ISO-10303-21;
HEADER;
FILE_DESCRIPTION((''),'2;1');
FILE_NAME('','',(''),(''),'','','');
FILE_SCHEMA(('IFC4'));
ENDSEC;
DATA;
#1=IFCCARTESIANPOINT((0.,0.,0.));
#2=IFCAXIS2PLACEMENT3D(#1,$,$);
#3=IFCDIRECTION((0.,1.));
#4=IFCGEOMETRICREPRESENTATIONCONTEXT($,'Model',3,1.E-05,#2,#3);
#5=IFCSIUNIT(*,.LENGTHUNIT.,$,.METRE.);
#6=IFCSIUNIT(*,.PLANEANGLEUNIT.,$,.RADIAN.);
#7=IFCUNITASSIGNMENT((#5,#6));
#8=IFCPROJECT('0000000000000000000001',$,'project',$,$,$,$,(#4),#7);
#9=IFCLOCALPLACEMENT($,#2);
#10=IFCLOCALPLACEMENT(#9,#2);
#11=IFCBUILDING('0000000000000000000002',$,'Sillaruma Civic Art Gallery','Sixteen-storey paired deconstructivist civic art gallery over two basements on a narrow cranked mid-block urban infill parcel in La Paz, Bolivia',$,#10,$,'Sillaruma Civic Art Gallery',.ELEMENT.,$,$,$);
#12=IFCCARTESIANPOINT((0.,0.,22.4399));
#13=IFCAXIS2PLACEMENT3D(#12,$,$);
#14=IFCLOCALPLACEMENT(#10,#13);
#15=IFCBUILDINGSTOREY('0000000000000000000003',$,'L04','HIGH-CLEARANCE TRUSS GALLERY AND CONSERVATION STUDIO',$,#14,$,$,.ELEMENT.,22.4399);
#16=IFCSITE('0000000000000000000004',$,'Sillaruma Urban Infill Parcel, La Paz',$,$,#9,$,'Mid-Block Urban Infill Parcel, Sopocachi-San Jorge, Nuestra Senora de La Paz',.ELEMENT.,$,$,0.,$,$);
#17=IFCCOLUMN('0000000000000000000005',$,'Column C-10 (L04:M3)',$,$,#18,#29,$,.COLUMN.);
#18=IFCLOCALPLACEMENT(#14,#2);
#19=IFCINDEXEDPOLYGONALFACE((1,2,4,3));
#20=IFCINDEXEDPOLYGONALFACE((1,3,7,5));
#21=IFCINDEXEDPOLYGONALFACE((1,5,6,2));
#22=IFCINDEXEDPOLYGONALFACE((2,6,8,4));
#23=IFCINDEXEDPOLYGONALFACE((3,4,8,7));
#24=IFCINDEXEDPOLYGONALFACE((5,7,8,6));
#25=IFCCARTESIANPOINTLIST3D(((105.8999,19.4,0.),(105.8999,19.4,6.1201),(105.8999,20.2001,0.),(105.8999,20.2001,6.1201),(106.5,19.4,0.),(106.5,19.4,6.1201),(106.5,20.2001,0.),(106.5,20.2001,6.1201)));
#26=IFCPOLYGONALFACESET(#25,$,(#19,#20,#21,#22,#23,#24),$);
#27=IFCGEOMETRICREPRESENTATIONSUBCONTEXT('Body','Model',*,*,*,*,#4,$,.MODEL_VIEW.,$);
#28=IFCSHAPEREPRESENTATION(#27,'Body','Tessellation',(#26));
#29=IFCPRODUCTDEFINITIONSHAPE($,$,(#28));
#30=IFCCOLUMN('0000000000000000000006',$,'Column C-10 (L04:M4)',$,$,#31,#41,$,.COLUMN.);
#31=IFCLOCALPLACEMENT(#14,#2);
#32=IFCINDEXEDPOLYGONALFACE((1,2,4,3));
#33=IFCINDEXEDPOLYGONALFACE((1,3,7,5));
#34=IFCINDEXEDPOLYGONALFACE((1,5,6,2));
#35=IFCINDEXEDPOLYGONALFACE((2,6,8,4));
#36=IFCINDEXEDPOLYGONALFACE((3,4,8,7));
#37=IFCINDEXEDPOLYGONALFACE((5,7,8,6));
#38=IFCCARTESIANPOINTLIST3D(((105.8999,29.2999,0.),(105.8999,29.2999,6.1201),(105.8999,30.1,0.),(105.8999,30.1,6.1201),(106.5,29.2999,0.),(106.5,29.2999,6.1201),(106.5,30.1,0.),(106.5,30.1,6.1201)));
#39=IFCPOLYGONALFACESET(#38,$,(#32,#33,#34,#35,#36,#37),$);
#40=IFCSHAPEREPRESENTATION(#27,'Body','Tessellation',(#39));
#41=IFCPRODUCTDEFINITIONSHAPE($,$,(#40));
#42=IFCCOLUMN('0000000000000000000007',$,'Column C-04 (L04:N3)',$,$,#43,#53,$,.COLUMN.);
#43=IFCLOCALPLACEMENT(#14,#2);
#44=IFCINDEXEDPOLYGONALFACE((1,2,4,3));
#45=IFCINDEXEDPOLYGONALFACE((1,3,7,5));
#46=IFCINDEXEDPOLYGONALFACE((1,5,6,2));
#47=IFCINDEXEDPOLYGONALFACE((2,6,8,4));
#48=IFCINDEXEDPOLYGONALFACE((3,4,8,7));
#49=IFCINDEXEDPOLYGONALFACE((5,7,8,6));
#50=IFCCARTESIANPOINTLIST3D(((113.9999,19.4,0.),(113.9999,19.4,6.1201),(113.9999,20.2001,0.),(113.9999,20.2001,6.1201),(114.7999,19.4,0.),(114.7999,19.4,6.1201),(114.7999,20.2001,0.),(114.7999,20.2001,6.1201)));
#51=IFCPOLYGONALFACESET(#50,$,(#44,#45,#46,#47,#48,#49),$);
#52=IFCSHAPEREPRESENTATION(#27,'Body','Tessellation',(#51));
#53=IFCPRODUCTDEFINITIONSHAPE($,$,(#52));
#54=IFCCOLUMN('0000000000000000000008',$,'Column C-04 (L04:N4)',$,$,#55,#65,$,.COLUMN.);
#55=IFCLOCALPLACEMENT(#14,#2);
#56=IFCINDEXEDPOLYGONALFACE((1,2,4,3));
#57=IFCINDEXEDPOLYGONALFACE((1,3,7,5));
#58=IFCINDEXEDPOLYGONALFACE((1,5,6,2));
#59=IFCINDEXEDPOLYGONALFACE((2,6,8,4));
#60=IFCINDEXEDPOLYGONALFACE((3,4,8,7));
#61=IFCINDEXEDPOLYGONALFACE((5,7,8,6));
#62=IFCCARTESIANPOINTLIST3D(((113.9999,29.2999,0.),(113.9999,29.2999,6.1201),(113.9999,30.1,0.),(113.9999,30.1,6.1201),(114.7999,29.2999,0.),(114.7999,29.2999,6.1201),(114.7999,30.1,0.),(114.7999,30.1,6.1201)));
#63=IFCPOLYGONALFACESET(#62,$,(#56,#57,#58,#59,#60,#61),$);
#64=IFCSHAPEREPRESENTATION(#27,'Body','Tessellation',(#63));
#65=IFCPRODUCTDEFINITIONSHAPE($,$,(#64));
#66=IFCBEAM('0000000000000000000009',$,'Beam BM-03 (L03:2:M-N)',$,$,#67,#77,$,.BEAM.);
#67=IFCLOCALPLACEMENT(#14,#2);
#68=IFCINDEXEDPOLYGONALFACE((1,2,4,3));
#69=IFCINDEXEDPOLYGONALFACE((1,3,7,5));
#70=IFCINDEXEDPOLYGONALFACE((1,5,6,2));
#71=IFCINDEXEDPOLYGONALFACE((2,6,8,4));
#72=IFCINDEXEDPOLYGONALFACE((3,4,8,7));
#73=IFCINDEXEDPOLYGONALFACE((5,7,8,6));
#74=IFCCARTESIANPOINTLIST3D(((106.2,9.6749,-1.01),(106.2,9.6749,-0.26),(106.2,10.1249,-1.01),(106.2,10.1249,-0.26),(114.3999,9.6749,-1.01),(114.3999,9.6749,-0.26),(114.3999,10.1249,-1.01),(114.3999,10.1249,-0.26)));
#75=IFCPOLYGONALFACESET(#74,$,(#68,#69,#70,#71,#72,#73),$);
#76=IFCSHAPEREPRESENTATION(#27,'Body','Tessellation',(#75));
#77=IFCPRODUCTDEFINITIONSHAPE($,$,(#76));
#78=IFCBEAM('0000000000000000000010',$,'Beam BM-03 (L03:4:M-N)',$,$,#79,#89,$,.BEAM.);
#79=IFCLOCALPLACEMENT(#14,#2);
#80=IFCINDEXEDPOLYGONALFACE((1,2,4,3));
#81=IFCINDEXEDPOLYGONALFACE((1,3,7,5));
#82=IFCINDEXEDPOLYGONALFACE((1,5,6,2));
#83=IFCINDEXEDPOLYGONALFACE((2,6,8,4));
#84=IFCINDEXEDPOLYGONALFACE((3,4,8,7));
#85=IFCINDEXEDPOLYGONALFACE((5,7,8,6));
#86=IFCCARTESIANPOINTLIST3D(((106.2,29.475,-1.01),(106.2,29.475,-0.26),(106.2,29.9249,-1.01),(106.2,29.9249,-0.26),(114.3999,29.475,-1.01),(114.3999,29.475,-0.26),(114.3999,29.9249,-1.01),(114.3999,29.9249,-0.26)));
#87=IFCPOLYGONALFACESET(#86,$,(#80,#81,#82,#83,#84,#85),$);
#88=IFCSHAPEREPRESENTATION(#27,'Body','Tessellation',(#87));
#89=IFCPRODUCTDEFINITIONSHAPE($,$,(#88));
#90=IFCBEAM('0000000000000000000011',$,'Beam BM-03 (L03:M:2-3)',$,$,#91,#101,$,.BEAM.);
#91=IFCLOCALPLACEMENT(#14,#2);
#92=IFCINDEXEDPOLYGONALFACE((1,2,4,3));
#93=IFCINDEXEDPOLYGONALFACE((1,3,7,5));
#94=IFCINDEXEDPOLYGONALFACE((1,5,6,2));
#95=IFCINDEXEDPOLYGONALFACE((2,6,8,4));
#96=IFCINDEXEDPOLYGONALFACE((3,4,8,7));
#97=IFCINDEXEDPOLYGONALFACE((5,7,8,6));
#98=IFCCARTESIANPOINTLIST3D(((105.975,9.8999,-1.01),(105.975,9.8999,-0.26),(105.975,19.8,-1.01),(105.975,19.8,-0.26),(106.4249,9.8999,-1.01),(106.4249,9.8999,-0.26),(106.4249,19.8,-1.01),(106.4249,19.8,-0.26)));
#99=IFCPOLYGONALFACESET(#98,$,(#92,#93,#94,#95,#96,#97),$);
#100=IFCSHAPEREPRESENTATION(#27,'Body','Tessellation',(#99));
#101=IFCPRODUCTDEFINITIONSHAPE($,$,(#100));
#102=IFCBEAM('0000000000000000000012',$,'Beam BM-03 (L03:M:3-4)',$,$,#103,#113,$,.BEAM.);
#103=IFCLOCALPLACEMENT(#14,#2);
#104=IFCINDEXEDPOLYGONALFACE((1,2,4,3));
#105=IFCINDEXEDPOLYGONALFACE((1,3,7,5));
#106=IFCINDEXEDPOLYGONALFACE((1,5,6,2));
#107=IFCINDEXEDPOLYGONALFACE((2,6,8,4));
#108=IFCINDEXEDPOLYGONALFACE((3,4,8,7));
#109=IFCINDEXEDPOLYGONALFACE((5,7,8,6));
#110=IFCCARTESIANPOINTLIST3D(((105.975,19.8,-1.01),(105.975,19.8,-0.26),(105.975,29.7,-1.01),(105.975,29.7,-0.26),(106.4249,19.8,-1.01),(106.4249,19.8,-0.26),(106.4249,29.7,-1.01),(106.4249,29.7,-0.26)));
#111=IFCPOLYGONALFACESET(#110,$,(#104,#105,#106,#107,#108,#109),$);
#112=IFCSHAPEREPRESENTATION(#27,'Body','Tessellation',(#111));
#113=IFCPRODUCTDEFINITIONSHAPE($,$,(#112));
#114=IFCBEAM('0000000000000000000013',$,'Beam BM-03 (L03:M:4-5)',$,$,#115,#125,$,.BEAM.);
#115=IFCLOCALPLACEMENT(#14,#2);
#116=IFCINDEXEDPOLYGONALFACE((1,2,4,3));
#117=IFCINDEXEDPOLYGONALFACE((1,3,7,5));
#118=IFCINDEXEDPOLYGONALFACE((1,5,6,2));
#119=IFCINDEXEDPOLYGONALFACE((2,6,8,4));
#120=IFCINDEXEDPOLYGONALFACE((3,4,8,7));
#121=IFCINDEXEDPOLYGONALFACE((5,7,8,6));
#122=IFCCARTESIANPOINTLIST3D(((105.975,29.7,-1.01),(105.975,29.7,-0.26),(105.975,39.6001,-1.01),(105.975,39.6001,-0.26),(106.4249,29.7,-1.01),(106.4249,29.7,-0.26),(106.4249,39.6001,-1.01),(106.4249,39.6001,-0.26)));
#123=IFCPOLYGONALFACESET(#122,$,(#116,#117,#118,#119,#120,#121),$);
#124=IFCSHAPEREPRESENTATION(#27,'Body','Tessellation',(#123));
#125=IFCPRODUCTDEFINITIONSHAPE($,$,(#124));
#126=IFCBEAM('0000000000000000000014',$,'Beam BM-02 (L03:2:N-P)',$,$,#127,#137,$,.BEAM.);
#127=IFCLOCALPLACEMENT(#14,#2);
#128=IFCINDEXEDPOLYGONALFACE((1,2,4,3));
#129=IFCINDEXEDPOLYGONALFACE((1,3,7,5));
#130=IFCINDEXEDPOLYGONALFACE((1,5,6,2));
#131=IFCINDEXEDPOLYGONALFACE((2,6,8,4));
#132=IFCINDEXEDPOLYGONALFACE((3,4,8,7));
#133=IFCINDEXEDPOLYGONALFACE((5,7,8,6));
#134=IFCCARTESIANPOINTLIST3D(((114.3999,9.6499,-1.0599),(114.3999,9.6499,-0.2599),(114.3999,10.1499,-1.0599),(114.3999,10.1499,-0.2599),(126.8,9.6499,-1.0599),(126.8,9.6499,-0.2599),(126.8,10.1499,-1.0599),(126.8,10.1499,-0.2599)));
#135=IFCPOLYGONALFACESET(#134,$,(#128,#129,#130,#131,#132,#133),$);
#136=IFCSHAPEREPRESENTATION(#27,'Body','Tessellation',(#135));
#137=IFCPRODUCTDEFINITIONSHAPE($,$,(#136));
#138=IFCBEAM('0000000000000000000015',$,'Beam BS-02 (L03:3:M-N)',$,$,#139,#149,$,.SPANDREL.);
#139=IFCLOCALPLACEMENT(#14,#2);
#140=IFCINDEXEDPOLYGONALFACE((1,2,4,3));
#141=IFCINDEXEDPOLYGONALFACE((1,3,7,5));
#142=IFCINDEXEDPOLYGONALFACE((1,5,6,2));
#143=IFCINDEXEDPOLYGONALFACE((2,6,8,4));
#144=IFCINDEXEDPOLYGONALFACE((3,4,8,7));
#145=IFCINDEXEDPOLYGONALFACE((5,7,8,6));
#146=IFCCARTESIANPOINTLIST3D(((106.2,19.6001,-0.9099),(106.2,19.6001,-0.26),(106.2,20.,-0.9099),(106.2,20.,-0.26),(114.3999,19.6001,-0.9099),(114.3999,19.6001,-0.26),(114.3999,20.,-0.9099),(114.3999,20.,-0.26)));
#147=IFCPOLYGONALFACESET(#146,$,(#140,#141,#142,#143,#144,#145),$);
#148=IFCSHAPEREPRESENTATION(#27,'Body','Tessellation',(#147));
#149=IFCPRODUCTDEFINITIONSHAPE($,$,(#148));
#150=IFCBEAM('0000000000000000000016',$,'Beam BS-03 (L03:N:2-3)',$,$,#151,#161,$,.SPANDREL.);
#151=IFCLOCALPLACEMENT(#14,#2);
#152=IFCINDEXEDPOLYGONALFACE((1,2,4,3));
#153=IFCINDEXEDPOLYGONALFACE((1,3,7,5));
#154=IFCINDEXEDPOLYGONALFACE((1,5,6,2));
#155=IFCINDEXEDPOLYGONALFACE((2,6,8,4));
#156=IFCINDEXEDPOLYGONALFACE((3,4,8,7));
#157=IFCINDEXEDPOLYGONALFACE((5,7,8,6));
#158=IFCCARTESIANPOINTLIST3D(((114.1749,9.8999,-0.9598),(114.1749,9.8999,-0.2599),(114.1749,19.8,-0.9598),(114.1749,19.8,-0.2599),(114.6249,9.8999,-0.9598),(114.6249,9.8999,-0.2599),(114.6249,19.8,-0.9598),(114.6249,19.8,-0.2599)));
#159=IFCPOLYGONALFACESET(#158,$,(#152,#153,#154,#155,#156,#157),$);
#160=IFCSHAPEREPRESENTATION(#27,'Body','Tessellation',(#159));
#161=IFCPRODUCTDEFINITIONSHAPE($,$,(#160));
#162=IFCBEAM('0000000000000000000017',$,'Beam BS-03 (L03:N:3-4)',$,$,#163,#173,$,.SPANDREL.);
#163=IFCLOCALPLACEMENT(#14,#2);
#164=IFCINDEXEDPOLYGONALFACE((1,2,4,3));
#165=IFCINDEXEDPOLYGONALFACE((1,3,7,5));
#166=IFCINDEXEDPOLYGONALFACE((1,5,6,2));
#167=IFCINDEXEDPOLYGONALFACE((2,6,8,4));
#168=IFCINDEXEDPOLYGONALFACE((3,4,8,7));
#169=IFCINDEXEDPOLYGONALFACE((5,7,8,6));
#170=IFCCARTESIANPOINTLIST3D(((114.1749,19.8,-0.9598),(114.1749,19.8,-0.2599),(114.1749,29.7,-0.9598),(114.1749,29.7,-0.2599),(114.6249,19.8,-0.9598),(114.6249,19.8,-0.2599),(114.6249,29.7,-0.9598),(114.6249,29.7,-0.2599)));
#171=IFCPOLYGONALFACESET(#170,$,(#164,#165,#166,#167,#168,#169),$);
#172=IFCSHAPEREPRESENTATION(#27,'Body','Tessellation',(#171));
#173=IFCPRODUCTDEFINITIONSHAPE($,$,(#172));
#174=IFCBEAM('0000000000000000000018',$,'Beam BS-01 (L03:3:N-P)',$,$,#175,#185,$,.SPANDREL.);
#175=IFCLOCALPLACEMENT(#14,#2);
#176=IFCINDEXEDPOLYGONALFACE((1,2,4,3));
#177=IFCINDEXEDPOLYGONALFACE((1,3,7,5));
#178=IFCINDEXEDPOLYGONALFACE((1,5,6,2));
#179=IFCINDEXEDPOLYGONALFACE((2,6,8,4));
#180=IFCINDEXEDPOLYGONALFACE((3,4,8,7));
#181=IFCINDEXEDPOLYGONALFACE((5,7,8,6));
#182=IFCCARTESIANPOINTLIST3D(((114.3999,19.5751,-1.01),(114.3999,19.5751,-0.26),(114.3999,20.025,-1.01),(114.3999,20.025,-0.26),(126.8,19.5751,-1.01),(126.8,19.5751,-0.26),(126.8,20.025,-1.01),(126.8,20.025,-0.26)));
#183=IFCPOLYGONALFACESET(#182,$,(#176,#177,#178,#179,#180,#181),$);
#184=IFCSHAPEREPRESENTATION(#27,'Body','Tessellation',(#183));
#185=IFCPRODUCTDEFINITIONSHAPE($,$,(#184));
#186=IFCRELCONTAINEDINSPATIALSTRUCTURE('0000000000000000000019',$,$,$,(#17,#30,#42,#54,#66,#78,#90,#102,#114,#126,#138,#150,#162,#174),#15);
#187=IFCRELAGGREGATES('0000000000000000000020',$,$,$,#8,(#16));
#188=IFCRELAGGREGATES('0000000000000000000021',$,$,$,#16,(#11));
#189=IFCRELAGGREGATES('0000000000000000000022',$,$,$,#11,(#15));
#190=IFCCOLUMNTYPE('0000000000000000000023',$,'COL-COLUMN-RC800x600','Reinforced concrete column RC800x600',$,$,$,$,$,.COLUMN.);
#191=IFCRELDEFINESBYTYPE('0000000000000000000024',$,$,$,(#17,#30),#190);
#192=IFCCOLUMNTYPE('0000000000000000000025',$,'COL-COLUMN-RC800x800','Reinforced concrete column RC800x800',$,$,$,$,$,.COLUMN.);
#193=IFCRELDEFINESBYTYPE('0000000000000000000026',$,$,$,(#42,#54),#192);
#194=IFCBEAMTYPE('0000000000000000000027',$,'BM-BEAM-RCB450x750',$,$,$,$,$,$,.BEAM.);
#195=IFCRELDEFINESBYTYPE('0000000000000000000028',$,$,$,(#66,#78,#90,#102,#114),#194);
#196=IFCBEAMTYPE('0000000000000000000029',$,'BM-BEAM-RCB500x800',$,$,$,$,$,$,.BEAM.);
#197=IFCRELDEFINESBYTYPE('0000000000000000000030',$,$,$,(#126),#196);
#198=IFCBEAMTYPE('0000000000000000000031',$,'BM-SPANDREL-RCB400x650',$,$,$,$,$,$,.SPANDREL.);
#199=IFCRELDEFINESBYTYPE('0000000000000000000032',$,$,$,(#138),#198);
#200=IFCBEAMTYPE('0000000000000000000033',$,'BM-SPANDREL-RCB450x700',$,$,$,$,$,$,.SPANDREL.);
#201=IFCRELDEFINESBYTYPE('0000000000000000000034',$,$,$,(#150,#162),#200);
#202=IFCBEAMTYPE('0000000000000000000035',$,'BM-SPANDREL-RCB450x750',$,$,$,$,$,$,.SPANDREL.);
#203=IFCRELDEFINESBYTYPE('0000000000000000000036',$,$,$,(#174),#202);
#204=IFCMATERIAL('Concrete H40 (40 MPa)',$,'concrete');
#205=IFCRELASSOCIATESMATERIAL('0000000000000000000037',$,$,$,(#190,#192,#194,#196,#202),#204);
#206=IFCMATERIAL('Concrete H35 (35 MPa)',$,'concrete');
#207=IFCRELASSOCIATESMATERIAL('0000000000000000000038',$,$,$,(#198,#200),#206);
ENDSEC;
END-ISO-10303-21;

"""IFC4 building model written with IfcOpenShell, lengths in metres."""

from ifc_helpers import new_model, si_unit, direction, frame, origin, origin_2d, place, context, subcontext, project, spatial, rectangle, extrude, material, material_profile, profile_set, type_object, element, save


model = new_model("IFC4")

# Units and contexts
model_context = context("Model", 3, precision=1e-05, world=origin(), true_north=direction((0.0, 1.0)))
body_context = subcontext(model_context, "Body", "Model", "MODEL_VIEW")
ifc_project = project(units=[si_unit("LENGTHUNIT", "METRE"), si_unit("PLANEANGLEUNIT", "RADIAN")], contexts=[model_context])

# Site, building, storey
site_placement = place(None, origin())
site = spatial("IfcSite", under=ifc_project, at=site_placement, Name="Sillaruma Urban Infill Parcel, La Paz", LongName="Mid-Block Urban Infill Parcel, Sopocachi-San Jorge, Nuestra Senora de La Paz", CompositionType="ELEMENT", RefElevation=0.0)
building_placement = place(site_placement, origin())
building = spatial("IfcBuilding", under=site, at=building_placement, Name="Sillaruma Civic Art Gallery", Description="Sixteen-storey paired deconstructivist civic art gallery over two basements on a narrow cranked mid-block urban infill parcel in La Paz, Bolivia", LongName="Sillaruma Civic Art Gallery", CompositionType="ELEMENT")
storey_placement = place(building_placement, frame((0.0, 0.0, 22.4399)))
storey = spatial("IfcBuildingStorey", under=building, at=storey_placement, Name="L04", Description="HIGH-CLEARANCE TRUSS GALLERY AND CONSERVATION STUDIO", CompositionType="ELEMENT", Elevation=22.4399)

# Columns
ifc_material_1 = material(Name="Concrete H40 (40 MPa)", Category="concrete")
ifc_material_profile_1 = material_profile(ifc_material_1, rectangle(XDim=0.6001, YDim=0.8, at=origin_2d()), Name="RC800x600")
ifc_profile_set_1 = profile_set([ifc_material_profile_1], Name="Concrete H40 (40 MPa)")
column_type_1 = type_object("IfcColumnType", Name="COL-COLUMN-RC800x600", Description="Reinforced concrete column RC800x600", PredefinedType="COLUMN", material=ifc_profile_set_1)
for number, where, z_axis, x_axis, name in (
    (1, (106.2, 19.8, 0.0), (0.0, 0.0, 1.0), (1.0, 0.0, 0.0), "Column C-10 (L04:M3)"),
    (2, (106.2, 29.7, 0.0), (0.0, 0.0, 1.0), (1.0, 0.0, 0.0), "Column C-10 (L04:M4)"),
):
    element("IfcColumn", number, at=place(storey_placement, frame(where, z_axis=z_axis, x_axis=x_axis)), inside=storey, type_object=column_type_1, Name=name, PredefinedType="COLUMN", context=body_context, shape_type="SweptSolid", body=[
        extrude(rectangle(XDim=0.6001, YDim=0.8, at=origin_2d()), origin(), (0.0, 0.0, 1.0), 6.1201),
    ])
ifc_material_profile_2 = material_profile(ifc_material_1, rectangle(XDim=0.8, YDim=0.8, at=origin_2d()), Name="RC800x800")
ifc_profile_set_2 = profile_set([ifc_material_profile_2], Name="Concrete H40 (40 MPa)")
column_type_2 = type_object("IfcColumnType", Name="COL-COLUMN-RC800x800", Description="Reinforced concrete column RC800x800", PredefinedType="COLUMN", material=ifc_profile_set_2)
for number, where, z_axis, x_axis, name in (
    (3, (114.3999, 19.8, 0.0), (0.0, 0.0, 1.0), (1.0, 0.0, 0.0), "Column C-04 (L04:N3)"),
    (4, (114.3999, 29.7, 0.0), (0.0, 0.0, 1.0), (1.0, 0.0, 0.0), "Column C-04 (L04:N4)"),
):
    element("IfcColumn", number, at=place(storey_placement, frame(where, z_axis=z_axis, x_axis=x_axis)), inside=storey, type_object=column_type_2, Name=name, PredefinedType="COLUMN", context=body_context, shape_type="SweptSolid", body=[
        extrude(rectangle(XDim=0.8, YDim=0.8, at=origin_2d()), origin(), (0.0, 0.0, 1.0), 6.1201),
    ])

# Beams
ifc_material_profile_3 = material_profile(ifc_material_1, rectangle(XDim=0.45, YDim=0.75, at=origin_2d()), Name="RCB450x750")
ifc_profile_set_3 = profile_set([ifc_material_profile_3], Name="Concrete H40 (40 MPa)")
beam_type_1 = type_object("IfcBeamType", Name="BM-BEAM-RCB450x750", PredefinedType="BEAM", material=ifc_profile_set_3)
for number, where, z_axis, x_axis, name in (
    (5, (106.2, 9.8999, -0.635), (1.0, 0.0, 0.0), (0.0, 1.0, 0.0), "Beam BM-03 (L03:2:M-N)"),
    (6, (106.2, 29.7, -0.635), (1.0, 0.0, 0.0), (0.0, 1.0, 0.0), "Beam BM-03 (L03:4:M-N)"),
):
    element("IfcBeam", number, at=place(storey_placement, frame(where, z_axis=z_axis, x_axis=x_axis)), inside=storey, type_object=beam_type_1, Name=name, PredefinedType="BEAM", context=body_context, shape_type="SweptSolid", body=[
        extrude(rectangle(XDim=0.45, YDim=0.75, at=origin_2d()), origin(), (0.0, 0.0, 1.0), 8.2),
    ])
beam_1_placement = place(storey_placement, frame((106.2, 9.8999, -0.635), z_axis=(0.0, 1.0, 0.0), x_axis=(-1.0, 0.0, 0.0)))
element("IfcBeam", 7, at=beam_1_placement, inside=storey, type_object=beam_type_1, Name="Beam BM-03 (L03:M:2-3)", PredefinedType="BEAM", context=body_context, shape_type="SweptSolid", body=[
    extrude(rectangle(XDim=0.45, YDim=0.75, at=origin_2d()), origin(), (0.0, 0.0, 1.0), 9.9001),
])
beam_2_placement = place(storey_placement, frame((106.2, 19.8, -0.635), z_axis=(0.0, 1.0, 0.0), x_axis=(-1.0, 0.0, 0.0)))
element("IfcBeam", 8, at=beam_2_placement, inside=storey, type_object=beam_type_1, Name="Beam BM-03 (L03:M:3-4)", PredefinedType="BEAM", context=body_context, shape_type="SweptSolid", body=[
    extrude(rectangle(XDim=0.45, YDim=0.75, at=origin_2d()), origin(), (0.0, 0.0, 1.0), 9.8999),
])
beam_3_placement = place(storey_placement, frame((106.2, 29.7, -0.635), z_axis=(0.0, 1.0, 0.0), x_axis=(-1.0, 0.0, 0.0)))
element("IfcBeam", 9, at=beam_3_placement, inside=storey, type_object=beam_type_1, Name="Beam BM-03 (L03:M:4-5)", PredefinedType="BEAM", context=body_context, shape_type="SweptSolid", body=[
    extrude(rectangle(XDim=0.45, YDim=0.75, at=origin_2d()), origin(), (0.0, 0.0, 1.0), 9.9001),
])
ifc_material_profile_4 = material_profile(ifc_material_1, rectangle(XDim=0.5, YDim=0.8, at=origin_2d()), Name="RCB500x800")
ifc_profile_set_4 = profile_set([ifc_material_profile_4], Name="Concrete H40 (40 MPa)")
beam_type_2 = type_object("IfcBeamType", Name="BM-BEAM-RCB500x800", PredefinedType="BEAM", material=ifc_profile_set_4)
beam_4_placement = place(storey_placement, frame((114.3999, 9.8999, -0.6599), z_axis=(1.0, 0.0, 0.0), x_axis=(0.0, 1.0, 0.0)))
element("IfcBeam", 10, at=beam_4_placement, inside=storey, type_object=beam_type_2, Name="Beam BM-02 (L03:2:N-P)", PredefinedType="BEAM", context=body_context, shape_type="SweptSolid", body=[
    extrude(rectangle(XDim=0.5, YDim=0.8, at=origin_2d()), origin(), (0.0, 0.0, 1.0), 12.4001),
])
ifc_material_2 = material(Name="Concrete H35 (35 MPa)", Category="concrete")
ifc_material_profile_5 = material_profile(ifc_material_2, rectangle(XDim=0.3999, YDim=0.6499, at=origin_2d()), Name="RCB400x650")
ifc_profile_set_5 = profile_set([ifc_material_profile_5], Name="Concrete H35 (35 MPa)")
beam_type_3 = type_object("IfcBeamType", Name="BM-SPANDREL-RCB400x650", PredefinedType="SPANDREL", material=ifc_profile_set_5)
beam_5_placement = place(storey_placement, frame((106.2, 19.8, -0.585), z_axis=(1.0, 0.0, 0.0), x_axis=(0.0, 1.0, 0.0)))
element("IfcBeam", 11, at=beam_5_placement, inside=storey, type_object=beam_type_3, Name="Beam BS-02 (L03:3:M-N)", PredefinedType="SPANDREL", context=body_context, shape_type="SweptSolid", body=[
    extrude(rectangle(XDim=0.3999, YDim=0.6499, at=origin_2d()), origin(), (0.0, 0.0, 1.0), 8.2),
])
ifc_material_profile_6 = material_profile(ifc_material_2, rectangle(XDim=0.45, YDim=0.7, at=origin_2d()), Name="RCB450x700")
ifc_profile_set_6 = profile_set([ifc_material_profile_6], Name="Concrete H35 (35 MPa)")
beam_type_4 = type_object("IfcBeamType", Name="BM-SPANDREL-RCB450x700", PredefinedType="SPANDREL", material=ifc_profile_set_6)
beam_6_placement = place(storey_placement, frame((114.3999, 9.8999, -0.6099), z_axis=(0.0, 1.0, 0.0), x_axis=(-1.0, 0.0, 0.0)))
element("IfcBeam", 12, at=beam_6_placement, inside=storey, type_object=beam_type_4, Name="Beam BS-03 (L03:N:2-3)", PredefinedType="SPANDREL", context=body_context, shape_type="SweptSolid", body=[
    extrude(rectangle(XDim=0.45, YDim=0.7, at=origin_2d()), origin(), (0.0, 0.0, 1.0), 9.9001),
])
beam_7_placement = place(storey_placement, frame((114.3999, 19.8, -0.6099), z_axis=(0.0, 1.0, 0.0), x_axis=(-1.0, 0.0, 0.0)))
element("IfcBeam", 13, at=beam_7_placement, inside=storey, type_object=beam_type_4, Name="Beam BS-03 (L03:N:3-4)", PredefinedType="SPANDREL", context=body_context, shape_type="SweptSolid", body=[
    extrude(rectangle(XDim=0.45, YDim=0.7, at=origin_2d()), origin(), (0.0, 0.0, 1.0), 9.8999),
])
ifc_material_profile_7 = material_profile(ifc_material_1, rectangle(XDim=0.45, YDim=0.75, at=origin_2d()), Name="RCB450x750")
ifc_profile_set_7 = profile_set([ifc_material_profile_7], Name="Concrete H40 (40 MPa)")
beam_type_5 = type_object("IfcBeamType", Name="BM-SPANDREL-RCB450x750", PredefinedType="SPANDREL", material=ifc_profile_set_7)
beam_8_placement = place(storey_placement, frame((114.3999, 19.8, -0.635), z_axis=(1.0, 0.0, 0.0), x_axis=(0.0, 1.0, 0.0)))
element("IfcBeam", 14, at=beam_8_placement, inside=storey, type_object=beam_type_5, Name="Beam BS-01 (L03:3:N-P)", PredefinedType="SPANDREL", context=body_context, shape_type="SweptSolid", body=[
    extrude(rectangle(XDim=0.45, YDim=0.75, at=origin_2d()), origin(), (0.0, 0.0, 1.0), 12.4001),
])

save(model, "model.ifc")
